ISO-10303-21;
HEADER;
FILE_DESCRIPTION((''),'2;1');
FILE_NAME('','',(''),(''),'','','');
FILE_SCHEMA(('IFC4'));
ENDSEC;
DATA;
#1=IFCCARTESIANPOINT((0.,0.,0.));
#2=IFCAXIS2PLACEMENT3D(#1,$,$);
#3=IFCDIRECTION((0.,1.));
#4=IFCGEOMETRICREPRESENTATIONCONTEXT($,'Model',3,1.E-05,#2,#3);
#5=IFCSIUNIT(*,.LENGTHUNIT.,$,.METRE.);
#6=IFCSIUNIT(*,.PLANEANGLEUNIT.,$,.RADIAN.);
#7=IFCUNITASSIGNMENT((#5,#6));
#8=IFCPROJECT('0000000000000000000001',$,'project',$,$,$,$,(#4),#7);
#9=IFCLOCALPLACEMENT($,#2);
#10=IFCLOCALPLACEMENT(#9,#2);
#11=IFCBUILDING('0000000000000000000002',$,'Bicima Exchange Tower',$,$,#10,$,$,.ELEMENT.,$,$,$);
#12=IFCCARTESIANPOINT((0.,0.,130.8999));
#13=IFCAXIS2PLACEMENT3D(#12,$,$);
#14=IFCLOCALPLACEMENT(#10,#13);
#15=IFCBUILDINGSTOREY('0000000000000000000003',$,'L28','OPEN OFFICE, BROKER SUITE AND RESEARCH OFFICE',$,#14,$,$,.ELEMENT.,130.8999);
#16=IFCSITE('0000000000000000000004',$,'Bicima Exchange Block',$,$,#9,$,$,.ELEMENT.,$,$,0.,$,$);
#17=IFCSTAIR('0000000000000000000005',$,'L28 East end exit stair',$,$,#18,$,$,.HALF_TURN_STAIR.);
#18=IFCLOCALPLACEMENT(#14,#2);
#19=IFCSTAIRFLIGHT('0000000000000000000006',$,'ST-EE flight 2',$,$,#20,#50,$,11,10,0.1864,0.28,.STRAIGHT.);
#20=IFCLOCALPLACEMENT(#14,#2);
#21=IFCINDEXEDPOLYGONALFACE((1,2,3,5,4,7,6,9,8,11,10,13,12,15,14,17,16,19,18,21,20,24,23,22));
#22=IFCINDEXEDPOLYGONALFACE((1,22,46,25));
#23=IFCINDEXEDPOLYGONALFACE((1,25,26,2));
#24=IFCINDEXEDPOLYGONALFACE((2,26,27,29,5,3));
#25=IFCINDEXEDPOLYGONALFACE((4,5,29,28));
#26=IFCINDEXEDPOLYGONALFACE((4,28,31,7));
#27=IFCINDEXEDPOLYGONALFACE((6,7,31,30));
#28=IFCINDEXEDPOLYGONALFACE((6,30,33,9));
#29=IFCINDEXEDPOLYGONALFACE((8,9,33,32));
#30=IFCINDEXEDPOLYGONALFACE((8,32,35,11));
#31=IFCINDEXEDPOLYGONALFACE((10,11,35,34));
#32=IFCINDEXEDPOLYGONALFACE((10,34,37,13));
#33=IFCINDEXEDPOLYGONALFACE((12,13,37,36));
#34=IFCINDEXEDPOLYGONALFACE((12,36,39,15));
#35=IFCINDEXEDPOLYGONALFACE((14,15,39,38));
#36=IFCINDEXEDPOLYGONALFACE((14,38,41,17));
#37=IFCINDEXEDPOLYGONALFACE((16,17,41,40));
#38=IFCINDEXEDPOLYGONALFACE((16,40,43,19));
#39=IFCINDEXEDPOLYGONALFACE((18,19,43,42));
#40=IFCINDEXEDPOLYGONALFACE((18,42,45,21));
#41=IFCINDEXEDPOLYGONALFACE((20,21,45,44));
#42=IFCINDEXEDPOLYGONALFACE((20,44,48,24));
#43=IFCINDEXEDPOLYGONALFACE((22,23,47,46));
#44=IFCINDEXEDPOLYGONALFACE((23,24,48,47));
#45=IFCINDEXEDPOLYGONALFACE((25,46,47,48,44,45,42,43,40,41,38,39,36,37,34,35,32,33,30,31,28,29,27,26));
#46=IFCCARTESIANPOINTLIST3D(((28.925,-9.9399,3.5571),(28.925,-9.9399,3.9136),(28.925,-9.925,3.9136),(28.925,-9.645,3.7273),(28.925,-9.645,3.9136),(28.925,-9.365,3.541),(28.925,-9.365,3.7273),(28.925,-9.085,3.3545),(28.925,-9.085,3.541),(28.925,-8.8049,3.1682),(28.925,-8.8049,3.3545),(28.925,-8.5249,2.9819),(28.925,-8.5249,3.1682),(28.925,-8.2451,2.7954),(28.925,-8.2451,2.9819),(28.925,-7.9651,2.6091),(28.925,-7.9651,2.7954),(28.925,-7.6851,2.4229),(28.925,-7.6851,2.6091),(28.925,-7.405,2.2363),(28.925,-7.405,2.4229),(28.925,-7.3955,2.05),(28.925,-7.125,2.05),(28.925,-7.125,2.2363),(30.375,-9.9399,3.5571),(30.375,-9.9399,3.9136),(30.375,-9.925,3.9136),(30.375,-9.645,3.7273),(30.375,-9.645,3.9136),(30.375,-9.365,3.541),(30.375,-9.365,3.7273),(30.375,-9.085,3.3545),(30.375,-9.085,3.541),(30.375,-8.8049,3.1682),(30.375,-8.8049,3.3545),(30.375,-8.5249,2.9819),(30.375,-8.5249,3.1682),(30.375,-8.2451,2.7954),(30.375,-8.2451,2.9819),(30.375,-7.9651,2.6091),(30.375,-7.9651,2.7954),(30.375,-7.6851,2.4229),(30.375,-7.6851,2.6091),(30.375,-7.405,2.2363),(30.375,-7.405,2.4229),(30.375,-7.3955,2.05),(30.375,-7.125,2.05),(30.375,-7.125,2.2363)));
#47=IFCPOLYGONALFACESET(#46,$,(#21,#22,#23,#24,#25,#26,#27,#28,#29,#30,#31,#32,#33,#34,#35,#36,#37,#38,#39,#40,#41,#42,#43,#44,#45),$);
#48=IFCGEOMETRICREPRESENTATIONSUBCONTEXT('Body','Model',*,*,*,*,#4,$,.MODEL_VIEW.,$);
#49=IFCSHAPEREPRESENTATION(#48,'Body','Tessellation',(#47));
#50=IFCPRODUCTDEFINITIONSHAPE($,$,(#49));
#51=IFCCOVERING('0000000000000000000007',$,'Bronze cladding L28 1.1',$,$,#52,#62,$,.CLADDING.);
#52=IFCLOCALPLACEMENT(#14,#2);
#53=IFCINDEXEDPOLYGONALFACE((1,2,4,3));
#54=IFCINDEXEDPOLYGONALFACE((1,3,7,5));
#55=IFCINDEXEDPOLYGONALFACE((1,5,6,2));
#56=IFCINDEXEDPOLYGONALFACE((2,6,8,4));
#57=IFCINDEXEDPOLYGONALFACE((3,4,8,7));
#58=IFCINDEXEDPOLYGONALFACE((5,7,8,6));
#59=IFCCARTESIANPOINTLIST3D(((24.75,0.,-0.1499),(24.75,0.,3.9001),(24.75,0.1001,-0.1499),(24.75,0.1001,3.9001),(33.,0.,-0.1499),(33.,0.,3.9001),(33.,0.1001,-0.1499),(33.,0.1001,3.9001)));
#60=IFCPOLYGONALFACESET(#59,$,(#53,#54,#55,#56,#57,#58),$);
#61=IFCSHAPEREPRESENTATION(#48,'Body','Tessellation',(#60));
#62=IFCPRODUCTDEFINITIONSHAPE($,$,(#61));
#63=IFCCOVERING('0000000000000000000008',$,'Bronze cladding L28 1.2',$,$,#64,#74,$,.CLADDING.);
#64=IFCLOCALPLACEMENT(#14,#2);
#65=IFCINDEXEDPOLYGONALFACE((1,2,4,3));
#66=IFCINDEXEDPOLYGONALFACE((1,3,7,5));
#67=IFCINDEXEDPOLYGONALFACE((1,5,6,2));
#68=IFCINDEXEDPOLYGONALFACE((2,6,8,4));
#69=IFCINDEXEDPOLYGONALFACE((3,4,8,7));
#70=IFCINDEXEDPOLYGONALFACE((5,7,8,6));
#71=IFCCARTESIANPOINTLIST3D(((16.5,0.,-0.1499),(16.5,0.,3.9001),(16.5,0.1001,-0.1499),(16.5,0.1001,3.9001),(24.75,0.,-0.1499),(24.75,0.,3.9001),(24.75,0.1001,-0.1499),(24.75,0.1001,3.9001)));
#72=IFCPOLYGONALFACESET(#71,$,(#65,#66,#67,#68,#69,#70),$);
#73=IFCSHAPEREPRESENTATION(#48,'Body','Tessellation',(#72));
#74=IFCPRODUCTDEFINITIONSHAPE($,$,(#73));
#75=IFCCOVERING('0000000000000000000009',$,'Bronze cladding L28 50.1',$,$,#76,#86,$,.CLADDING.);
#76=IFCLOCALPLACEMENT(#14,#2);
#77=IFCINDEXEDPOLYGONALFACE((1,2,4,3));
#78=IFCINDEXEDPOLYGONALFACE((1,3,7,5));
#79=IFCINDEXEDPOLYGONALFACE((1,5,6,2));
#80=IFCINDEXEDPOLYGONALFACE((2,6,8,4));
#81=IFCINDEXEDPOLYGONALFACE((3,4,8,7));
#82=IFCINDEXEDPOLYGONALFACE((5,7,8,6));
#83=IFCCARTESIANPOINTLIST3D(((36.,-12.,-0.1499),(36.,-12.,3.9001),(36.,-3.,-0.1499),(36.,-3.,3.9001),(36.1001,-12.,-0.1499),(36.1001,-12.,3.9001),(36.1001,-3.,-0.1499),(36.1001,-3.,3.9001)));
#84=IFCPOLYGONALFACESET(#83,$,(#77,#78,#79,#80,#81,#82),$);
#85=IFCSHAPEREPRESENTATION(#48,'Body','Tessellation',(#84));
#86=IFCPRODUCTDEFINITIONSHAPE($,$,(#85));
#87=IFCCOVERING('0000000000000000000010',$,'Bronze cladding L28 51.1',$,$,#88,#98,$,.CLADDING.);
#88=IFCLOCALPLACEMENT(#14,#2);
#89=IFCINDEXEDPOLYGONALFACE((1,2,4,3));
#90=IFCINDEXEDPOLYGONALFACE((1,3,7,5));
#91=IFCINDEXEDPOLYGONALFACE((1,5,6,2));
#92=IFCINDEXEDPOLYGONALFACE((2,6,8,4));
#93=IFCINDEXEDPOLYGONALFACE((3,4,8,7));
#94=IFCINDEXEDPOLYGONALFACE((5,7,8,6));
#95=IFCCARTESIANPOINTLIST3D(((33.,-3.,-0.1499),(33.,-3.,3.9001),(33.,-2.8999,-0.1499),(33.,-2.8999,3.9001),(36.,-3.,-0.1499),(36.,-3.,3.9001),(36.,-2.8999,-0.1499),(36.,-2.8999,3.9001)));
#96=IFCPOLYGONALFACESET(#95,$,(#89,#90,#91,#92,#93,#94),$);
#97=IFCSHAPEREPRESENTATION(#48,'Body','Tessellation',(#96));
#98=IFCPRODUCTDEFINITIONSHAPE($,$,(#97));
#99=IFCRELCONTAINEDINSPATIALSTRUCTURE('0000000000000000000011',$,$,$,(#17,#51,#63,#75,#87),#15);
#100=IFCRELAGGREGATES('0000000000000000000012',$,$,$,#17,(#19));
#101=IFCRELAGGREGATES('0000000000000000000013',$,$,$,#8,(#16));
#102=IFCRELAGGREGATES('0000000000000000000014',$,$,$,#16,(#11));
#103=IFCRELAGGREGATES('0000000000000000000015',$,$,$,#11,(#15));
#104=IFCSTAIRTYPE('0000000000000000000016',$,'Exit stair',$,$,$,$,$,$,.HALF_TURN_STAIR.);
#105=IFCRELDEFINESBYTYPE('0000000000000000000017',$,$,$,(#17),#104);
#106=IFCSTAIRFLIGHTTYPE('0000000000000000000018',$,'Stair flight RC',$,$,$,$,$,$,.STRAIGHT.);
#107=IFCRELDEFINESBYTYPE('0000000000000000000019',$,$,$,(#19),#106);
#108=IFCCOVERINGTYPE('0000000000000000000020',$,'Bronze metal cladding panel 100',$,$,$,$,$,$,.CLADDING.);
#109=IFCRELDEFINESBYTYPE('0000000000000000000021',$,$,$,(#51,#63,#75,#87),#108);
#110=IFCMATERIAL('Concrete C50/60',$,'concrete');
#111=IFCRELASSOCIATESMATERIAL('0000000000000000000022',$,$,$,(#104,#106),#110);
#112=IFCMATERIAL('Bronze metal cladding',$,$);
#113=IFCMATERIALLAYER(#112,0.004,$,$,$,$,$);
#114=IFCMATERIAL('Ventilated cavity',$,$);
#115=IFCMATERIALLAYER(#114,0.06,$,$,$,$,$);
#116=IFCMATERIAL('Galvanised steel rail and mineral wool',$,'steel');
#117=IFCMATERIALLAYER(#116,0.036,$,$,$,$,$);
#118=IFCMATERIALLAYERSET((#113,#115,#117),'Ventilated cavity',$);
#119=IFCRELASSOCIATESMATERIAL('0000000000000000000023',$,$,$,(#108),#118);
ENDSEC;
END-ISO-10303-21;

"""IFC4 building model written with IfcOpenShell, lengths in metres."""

from ifc_helpers import new_model, si_unit, direction, frame, origin, origin_2d, place, context, subcontext, project, spatial, polyline, rectangle, outline, extrude, material, layer, layer_set, type_object, element, aggregate, save


model = new_model("IFC4")

# Units and contexts
model_context = context("Model", 3, precision=1e-05, world=origin(), true_north=direction((0.0, 1.0)))
body_context = subcontext(model_context, "Body", "Model", "MODEL_VIEW")
ifc_project = project(units=[si_unit("LENGTHUNIT", "METRE"), si_unit("PLANEANGLEUNIT", "RADIAN")], contexts=[model_context])

# Site, building, storey
site_placement = place(None, origin())
site = spatial("IfcSite", under=ifc_project, at=site_placement, Name="Bicima Exchange Block", CompositionType="ELEMENT", RefElevation=0.0)
building_placement = place(site_placement, origin())
building = spatial("IfcBuilding", under=site, at=building_placement, Name="Bicima Exchange Tower", CompositionType="ELEMENT")
storey_placement = place(building_placement, frame((0.0, 0.0, 130.8999)))
storey = spatial("IfcBuildingStorey", under=building, at=storey_placement, Name="L28", Description="OPEN OFFICE, BROKER SUITE AND RESEARCH OFFICE", CompositionType="ELEMENT", Elevation=130.8999)

# Shared definitions
ifc_material_1 = material(Name="Concrete C50/60", Category="concrete")

# Stair, stair flight
stair_type = type_object("IfcStairType", Name="Exit stair", PredefinedType="HALF_TURN_STAIR", material=ifc_material_1)
stair_flight_type = type_object("IfcStairFlightType", Name="Stair flight RC", PredefinedType="STRAIGHT", material=ifc_material_1)
stair_1_placement = place(storey_placement, origin())
stair_1 = element("IfcStair", 1, at=stair_1_placement, inside=storey, type_object=stair_type, Name="L28 East end exit stair", PredefinedType="HALF_TURN_STAIR")
stair_flight_1_placement = place(storey_placement, frame((29.6499, -7.125, 2.05), z_axis=(0.0, 0.0, 1.0), x_axis=(0.0, -1.0, 0.0)))
stair_flight_1 = element("IfcStairFlight", 2, at=stair_flight_1_placement, type_object=stair_flight_type, Name="ST-EE flight 2", NumberOfRisers=11, NumberOfTreads=10, PredefinedType="STRAIGHT", RiserHeight=0.1864, TreadLength=0.28, context=body_context, shape_type="SweptSolid", body=[
    extrude(outline(polyline([(0.0, 0.0), (0.0, 0.1863), (0.28, 0.1863), (0.28, 0.3728), (0.5601, 0.3728), (0.5601, 0.5591), (0.8401, 0.5591), (0.8401, 0.7454), (1.1201, 0.7454), (1.1201, 0.9319), (1.3999, 0.9319), (1.3999, 1.1182), (1.6799, 1.1182), (1.6799, 1.3044), (1.96, 1.3044), (1.96, 1.491), (2.24, 1.491), (2.24, 1.6772), (2.52, 1.6772), (2.52, 1.8635), (2.8, 1.8635), (2.8149, 1.8635), (2.8149, 1.5071), (0.2705, 0.0), (0.0, 0.0)])), frame((0.0, 0.7251, 0.0), z_axis=(0.0, -1.0, 0.0), x_axis=(1.0, 0.0, 0.0)), (0.0, 0.0, 1.0), 1.45),
])
aggregate(stair_1, [stair_flight_1])

# Coverings
ifc_material_2 = material(Name="Bronze metal cladding")
ifc_layer_1 = layer(ifc_material_2, 0.004)
ifc_material_3 = material(Name="Ventilated cavity")
ifc_layer_2 = layer(ifc_material_3, 0.06)
ifc_material_4 = material(Name="Galvanised steel rail and mineral wool", Category="steel")
ifc_layer_3 = layer(ifc_material_4, 0.036)
ifc_layer_set_1 = layer_set([ifc_layer_1, ifc_layer_2, ifc_layer_3], Name="Ventilated cavity")
covering_type = type_object("IfcCoveringType", Name="Bronze metal cladding panel 100", PredefinedType="CLADDING", material=ifc_layer_set_1)
for number, where, z_axis, x_axis, name in (
    (3, (28.875, 0.05, -0.1499), (0.0, 0.0, 1.0), (-1.0, 0.0, 0.0), "Bronze cladding L28 1.1"),
    (4, (20.625, 0.05, -0.1499), (0.0, 0.0, 1.0), (-1.0, 0.0, 0.0), "Bronze cladding L28 1.2"),
):
    element("IfcCovering", number, at=place(storey_placement, frame(where, z_axis=z_axis, x_axis=x_axis)), inside=storey, type_object=covering_type, Name=name, PredefinedType="CLADDING", context=body_context, shape_type="SweptSolid", body=[
        extrude(rectangle(XDim=8.25, YDim=0.1001, at=origin_2d()), origin(), (0.0, 0.0, 1.0), 4.05),
    ])
covering_1_placement = place(storey_placement, frame((36.05, -7.5, -0.1499), z_axis=(0.0, 0.0, 1.0), x_axis=(0.0, 1.0, 0.0)))
element("IfcCovering", 5, at=covering_1_placement, inside=storey, type_object=covering_type, Name="Bronze cladding L28 50.1", PredefinedType="CLADDING", context=body_context, shape_type="SweptSolid", body=[
    extrude(rectangle(XDim=9.0, YDim=0.1001, at=origin_2d()), origin(), (0.0, 0.0, 1.0), 4.05),
])
covering_2_placement = place(storey_placement, frame((34.5, -2.95, -0.1499), z_axis=(0.0, 0.0, 1.0), x_axis=(-1.0, 0.0, 0.0)))
element("IfcCovering", 6, at=covering_2_placement, inside=storey, type_object=covering_type, Name="Bronze cladding L28 51.1", PredefinedType="CLADDING", context=body_context, shape_type="SweptSolid", body=[
    extrude(rectangle(XDim=3.0, YDim=0.1001, at=origin_2d()), origin(), (0.0, 0.0, 1.0), 4.05),
])

save(model, "model.ifc")
